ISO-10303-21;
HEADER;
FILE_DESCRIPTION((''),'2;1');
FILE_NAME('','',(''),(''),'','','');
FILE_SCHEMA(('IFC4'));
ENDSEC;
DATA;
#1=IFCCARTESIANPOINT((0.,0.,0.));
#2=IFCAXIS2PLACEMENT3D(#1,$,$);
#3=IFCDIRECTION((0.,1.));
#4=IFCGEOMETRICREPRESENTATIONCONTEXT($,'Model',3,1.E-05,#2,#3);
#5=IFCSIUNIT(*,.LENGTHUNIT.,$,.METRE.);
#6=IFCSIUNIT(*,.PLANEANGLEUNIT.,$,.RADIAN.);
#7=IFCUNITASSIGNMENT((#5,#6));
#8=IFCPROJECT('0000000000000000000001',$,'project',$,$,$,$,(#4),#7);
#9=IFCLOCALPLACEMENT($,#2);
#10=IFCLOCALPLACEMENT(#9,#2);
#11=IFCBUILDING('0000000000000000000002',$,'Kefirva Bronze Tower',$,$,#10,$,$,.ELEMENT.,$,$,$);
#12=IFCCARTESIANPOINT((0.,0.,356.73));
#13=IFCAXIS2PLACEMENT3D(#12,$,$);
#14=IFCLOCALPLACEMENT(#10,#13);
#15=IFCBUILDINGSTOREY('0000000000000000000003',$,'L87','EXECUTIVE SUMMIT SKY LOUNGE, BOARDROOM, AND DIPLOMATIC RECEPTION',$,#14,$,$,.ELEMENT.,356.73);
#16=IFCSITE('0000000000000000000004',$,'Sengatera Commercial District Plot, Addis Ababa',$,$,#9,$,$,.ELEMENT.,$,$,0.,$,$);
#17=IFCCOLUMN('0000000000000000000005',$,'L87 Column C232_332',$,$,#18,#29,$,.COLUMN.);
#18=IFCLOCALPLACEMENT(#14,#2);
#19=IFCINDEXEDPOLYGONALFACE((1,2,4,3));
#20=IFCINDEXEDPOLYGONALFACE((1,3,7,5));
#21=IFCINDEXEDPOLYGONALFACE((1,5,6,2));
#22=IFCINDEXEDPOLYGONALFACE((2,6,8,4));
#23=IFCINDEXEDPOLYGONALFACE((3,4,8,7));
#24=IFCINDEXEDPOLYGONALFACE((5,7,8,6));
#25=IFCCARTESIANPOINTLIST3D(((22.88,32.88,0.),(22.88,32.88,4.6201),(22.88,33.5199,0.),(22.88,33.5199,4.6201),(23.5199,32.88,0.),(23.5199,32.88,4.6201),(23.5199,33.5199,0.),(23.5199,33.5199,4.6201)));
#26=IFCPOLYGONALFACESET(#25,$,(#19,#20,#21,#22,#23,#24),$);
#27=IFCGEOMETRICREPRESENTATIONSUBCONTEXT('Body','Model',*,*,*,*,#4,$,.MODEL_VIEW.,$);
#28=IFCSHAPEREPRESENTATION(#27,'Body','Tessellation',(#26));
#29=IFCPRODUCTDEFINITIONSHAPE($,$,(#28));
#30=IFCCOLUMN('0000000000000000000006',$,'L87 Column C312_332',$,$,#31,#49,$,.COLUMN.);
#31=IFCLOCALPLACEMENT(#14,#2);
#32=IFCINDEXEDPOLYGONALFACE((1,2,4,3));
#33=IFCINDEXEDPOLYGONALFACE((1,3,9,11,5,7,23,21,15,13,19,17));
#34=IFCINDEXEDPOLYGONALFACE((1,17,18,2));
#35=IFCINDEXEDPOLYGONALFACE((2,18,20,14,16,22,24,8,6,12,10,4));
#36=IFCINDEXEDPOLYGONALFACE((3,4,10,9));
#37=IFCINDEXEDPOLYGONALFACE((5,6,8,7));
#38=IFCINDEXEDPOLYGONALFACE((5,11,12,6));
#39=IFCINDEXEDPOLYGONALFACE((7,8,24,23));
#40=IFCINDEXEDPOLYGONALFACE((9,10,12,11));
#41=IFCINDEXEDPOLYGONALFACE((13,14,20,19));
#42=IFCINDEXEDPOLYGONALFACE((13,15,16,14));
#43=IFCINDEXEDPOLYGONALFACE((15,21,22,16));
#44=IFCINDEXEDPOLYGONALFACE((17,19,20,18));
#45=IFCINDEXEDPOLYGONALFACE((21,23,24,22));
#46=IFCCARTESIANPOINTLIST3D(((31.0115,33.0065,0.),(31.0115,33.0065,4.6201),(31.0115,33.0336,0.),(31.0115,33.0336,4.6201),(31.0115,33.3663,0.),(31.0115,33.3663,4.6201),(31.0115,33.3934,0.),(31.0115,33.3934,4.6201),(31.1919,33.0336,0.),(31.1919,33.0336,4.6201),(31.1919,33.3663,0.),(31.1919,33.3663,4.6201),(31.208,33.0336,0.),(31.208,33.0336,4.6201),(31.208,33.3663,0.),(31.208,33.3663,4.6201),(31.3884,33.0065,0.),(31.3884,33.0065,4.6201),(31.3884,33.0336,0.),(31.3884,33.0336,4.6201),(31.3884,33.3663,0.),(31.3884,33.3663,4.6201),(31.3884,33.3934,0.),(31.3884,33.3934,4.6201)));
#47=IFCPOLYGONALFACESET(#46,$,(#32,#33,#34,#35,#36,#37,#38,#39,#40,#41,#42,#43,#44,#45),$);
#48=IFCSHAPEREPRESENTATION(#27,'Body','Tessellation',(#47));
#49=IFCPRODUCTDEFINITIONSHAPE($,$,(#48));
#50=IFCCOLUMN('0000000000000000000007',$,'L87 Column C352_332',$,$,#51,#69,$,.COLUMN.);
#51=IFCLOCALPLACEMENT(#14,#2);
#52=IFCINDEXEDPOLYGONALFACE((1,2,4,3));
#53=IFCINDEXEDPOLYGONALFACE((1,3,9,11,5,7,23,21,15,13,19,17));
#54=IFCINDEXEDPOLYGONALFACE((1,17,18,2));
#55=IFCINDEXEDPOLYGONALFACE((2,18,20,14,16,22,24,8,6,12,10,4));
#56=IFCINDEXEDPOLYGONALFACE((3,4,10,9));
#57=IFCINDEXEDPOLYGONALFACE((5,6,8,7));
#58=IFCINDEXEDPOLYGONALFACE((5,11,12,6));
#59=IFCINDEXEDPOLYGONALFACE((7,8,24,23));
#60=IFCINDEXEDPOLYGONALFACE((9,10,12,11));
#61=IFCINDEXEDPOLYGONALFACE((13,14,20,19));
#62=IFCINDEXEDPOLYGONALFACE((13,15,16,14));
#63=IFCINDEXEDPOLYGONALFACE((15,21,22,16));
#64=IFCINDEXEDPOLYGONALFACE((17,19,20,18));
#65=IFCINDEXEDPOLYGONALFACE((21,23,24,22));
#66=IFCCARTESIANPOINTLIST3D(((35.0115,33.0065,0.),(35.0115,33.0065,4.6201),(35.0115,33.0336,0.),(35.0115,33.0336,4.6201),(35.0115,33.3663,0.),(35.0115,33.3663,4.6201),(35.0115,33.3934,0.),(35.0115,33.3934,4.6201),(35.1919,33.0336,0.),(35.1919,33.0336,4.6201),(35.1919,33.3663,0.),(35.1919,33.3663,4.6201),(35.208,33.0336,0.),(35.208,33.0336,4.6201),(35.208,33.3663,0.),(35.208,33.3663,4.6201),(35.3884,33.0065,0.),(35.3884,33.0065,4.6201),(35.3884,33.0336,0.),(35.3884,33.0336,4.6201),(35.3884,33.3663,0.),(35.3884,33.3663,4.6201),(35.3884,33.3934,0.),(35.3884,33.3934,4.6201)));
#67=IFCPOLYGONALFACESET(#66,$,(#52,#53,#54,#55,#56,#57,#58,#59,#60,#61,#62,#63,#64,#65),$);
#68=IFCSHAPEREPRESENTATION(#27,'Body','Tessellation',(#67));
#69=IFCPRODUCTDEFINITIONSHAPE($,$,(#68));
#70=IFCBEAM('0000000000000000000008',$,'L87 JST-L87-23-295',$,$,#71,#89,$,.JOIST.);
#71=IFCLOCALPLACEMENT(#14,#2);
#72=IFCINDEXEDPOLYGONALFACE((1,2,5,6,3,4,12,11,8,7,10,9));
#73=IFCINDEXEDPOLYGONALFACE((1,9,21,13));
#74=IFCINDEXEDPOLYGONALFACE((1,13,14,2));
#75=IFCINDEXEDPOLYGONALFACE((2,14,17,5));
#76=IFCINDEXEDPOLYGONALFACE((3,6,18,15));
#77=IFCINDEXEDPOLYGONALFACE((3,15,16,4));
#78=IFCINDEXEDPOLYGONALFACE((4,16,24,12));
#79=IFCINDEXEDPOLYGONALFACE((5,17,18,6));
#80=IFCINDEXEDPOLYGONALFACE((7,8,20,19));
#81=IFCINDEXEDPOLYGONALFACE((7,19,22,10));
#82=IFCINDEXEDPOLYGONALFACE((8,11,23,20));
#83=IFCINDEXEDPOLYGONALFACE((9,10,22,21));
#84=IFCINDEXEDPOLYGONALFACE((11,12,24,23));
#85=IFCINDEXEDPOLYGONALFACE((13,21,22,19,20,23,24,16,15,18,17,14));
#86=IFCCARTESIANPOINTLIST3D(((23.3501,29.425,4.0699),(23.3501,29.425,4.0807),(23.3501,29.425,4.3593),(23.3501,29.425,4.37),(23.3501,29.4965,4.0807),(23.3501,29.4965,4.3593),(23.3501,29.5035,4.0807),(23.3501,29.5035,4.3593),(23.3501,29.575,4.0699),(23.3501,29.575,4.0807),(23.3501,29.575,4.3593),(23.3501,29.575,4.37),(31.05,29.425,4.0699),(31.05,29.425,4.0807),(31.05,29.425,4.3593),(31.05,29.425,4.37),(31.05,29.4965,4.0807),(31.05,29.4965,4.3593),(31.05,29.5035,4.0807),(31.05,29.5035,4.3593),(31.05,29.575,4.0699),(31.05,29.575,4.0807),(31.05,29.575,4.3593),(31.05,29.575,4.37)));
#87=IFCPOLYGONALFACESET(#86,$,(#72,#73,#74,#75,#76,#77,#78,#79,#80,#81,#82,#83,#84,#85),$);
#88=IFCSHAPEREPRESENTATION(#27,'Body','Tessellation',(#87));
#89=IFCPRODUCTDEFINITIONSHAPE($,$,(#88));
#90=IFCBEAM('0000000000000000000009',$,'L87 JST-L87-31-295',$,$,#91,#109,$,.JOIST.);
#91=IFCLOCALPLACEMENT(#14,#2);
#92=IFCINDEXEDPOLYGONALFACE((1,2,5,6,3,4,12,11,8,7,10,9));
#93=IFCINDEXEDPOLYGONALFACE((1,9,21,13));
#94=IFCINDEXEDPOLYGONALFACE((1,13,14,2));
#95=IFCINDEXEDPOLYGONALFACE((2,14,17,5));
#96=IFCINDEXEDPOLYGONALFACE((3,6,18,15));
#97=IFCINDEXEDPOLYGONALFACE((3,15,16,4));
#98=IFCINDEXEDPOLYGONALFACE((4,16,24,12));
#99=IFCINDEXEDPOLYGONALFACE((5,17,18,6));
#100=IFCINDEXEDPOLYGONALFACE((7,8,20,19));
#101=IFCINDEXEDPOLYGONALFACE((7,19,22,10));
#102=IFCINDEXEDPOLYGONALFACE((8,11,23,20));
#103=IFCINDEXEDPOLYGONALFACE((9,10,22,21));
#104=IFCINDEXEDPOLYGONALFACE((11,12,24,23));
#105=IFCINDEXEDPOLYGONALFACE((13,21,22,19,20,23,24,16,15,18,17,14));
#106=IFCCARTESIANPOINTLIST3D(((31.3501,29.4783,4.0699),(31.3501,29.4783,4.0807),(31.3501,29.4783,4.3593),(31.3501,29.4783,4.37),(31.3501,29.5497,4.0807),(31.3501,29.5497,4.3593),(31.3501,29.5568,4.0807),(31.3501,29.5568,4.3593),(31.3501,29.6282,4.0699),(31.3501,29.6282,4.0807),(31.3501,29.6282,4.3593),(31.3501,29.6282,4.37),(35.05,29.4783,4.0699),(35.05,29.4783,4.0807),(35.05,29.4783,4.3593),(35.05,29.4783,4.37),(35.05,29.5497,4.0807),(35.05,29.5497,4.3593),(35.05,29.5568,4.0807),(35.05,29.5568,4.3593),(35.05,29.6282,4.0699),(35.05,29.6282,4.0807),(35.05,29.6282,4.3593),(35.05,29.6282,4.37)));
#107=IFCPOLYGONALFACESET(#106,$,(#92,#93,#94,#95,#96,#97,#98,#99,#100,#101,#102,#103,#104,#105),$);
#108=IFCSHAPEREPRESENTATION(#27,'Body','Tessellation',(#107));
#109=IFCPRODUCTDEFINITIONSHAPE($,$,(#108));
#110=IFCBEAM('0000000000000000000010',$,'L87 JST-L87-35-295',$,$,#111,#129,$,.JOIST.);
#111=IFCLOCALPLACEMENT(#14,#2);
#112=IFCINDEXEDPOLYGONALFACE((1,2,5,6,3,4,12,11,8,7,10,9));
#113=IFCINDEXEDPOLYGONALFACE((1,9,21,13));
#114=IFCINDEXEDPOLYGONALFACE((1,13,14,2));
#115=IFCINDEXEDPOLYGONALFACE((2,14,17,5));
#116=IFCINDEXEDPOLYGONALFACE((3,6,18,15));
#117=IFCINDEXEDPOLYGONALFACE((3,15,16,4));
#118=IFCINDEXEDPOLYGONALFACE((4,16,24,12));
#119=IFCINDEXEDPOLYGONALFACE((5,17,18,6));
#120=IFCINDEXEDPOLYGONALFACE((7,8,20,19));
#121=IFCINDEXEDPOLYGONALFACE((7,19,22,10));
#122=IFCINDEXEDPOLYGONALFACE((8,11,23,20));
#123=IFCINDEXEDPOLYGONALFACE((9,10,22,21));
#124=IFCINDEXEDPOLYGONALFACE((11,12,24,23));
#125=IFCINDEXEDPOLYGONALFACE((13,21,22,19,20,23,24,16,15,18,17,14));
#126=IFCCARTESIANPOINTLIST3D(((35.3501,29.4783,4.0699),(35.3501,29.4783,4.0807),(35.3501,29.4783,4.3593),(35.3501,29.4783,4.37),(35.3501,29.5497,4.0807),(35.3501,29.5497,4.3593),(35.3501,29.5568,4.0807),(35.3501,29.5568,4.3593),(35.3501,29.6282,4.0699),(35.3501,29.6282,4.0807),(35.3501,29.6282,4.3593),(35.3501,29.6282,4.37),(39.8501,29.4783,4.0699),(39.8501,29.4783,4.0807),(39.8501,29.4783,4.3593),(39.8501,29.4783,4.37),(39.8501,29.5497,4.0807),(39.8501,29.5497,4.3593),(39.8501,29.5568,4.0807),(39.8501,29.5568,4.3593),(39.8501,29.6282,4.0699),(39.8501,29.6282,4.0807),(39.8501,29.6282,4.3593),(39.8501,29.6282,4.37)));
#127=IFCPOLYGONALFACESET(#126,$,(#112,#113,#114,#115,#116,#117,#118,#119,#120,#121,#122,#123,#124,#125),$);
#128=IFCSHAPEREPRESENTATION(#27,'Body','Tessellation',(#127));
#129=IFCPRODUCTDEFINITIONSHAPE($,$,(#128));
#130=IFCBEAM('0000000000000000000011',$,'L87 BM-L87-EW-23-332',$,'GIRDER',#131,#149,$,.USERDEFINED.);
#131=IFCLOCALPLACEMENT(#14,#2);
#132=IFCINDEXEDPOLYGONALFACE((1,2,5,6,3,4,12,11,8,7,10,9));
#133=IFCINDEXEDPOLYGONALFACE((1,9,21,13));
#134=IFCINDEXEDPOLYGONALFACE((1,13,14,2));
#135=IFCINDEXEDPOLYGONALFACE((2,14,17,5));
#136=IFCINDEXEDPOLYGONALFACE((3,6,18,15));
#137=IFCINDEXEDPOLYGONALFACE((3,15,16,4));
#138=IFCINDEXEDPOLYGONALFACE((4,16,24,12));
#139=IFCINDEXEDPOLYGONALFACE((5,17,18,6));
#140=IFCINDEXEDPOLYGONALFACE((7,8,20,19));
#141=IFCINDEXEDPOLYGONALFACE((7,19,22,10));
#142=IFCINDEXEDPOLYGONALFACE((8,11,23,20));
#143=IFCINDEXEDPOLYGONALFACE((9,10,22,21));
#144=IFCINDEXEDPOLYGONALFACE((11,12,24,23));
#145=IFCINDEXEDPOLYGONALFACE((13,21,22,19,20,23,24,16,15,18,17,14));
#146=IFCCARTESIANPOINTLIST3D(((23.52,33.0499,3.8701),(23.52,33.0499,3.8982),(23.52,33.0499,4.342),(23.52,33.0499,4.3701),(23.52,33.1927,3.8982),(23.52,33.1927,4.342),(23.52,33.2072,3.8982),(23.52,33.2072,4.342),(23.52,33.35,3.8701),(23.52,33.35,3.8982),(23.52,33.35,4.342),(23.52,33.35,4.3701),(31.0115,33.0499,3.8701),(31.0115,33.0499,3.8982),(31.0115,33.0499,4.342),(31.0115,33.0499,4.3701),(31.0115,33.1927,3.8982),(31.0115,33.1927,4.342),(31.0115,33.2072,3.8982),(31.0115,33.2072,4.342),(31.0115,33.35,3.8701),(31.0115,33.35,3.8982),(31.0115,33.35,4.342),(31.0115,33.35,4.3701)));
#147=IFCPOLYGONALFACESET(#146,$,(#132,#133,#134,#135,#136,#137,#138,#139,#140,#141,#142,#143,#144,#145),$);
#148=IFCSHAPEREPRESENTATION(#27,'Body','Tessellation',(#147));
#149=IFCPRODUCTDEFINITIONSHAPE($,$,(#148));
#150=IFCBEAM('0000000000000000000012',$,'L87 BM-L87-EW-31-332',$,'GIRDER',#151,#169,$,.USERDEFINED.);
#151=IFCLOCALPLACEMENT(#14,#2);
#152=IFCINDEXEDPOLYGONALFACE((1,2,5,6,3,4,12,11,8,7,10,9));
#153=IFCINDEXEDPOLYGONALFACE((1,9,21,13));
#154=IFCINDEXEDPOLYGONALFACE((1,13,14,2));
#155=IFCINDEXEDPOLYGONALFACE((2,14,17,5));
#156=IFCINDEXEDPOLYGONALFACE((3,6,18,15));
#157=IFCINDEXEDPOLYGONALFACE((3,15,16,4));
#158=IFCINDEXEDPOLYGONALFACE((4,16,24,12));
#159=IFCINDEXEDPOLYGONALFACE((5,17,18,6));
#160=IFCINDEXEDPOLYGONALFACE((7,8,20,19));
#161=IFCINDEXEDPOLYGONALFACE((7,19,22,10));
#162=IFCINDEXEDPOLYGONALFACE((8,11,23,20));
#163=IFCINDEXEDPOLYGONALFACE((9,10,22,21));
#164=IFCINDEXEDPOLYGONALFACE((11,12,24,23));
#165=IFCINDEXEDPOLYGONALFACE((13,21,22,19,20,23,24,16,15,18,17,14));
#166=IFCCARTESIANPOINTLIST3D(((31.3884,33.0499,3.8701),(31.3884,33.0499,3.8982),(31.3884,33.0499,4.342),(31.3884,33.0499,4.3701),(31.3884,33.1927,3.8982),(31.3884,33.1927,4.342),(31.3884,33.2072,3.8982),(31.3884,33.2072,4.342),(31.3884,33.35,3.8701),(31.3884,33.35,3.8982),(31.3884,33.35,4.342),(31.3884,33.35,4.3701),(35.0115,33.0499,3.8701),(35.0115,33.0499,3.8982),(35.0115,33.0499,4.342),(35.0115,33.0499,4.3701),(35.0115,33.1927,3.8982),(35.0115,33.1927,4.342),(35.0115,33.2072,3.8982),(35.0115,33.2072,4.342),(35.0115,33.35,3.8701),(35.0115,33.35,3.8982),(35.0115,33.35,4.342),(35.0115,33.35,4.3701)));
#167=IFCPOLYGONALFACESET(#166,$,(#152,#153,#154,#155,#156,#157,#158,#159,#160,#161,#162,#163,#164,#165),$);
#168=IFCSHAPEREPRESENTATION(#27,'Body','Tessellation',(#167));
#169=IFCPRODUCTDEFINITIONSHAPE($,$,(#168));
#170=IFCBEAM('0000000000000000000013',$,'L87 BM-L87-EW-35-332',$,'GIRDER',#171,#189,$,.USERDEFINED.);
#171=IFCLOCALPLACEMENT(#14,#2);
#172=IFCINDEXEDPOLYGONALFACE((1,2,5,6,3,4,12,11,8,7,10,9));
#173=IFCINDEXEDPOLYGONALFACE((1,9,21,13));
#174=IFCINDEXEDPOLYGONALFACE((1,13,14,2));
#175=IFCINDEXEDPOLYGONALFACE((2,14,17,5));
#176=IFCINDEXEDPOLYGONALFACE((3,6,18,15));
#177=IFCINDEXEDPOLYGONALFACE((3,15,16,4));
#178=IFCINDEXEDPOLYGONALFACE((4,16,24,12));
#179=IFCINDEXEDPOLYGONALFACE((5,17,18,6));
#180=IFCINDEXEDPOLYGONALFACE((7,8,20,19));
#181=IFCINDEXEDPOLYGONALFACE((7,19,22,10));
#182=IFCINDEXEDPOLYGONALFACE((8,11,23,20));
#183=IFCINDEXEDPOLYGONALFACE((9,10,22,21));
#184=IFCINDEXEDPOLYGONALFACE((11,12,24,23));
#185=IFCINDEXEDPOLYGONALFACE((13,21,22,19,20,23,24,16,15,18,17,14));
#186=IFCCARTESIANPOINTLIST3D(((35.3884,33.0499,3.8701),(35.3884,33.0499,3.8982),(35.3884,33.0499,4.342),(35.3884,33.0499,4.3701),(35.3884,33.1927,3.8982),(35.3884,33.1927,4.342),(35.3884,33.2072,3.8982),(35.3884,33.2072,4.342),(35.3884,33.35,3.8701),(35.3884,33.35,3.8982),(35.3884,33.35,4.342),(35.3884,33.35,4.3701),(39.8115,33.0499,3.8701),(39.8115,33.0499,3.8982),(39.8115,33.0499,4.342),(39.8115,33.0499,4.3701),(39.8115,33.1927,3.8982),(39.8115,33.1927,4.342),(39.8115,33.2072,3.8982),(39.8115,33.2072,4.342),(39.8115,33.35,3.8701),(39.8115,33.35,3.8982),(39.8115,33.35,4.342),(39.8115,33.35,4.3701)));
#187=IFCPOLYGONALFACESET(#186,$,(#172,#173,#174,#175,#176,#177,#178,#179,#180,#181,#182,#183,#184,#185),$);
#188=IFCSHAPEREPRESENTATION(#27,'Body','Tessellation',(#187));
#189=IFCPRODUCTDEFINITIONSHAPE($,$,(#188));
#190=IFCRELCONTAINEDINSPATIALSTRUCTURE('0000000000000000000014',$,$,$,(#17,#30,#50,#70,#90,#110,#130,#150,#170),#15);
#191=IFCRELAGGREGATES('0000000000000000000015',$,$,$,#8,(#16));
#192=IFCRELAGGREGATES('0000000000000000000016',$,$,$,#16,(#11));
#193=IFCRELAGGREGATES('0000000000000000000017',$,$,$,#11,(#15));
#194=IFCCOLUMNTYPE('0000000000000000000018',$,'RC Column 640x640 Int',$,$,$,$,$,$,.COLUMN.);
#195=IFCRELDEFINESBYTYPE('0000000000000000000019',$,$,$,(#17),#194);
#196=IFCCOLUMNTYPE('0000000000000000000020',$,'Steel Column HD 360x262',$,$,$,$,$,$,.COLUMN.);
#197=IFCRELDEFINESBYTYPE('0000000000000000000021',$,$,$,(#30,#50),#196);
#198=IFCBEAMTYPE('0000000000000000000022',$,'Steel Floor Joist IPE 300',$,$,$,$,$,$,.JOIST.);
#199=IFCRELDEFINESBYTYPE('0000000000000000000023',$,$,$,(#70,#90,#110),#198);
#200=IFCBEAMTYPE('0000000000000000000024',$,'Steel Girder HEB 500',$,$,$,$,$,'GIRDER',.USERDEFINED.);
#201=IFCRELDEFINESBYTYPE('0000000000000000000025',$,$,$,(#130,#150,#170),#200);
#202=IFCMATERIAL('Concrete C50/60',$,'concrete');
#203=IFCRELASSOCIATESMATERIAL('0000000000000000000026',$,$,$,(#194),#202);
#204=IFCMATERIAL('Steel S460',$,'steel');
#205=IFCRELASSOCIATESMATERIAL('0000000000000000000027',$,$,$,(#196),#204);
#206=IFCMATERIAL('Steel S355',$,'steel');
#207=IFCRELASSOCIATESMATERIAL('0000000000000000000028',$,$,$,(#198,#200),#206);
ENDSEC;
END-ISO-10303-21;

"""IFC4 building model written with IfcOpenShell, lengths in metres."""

from ifc_helpers import new_model, si_unit, direction, frame, origin, origin_2d, place, context, subcontext, project, spatial, rectangle, i_section, extrude, material, material_profile, profile_set, type_object, element, save


model = new_model("IFC4")

# Units and contexts
model_context = context("Model", 3, precision=1e-05, world=origin(), true_north=direction((0.0, 1.0)))
body_context = subcontext(model_context, "Body", "Model", "MODEL_VIEW")
ifc_project = project(units=[si_unit("LENGTHUNIT", "METRE"), si_unit("PLANEANGLEUNIT", "RADIAN")], contexts=[model_context])

# Site, building, storey
site_placement = place(None, origin())
site = spatial("IfcSite", under=ifc_project, at=site_placement, Name="Sengatera Commercial District Plot, Addis Ababa", CompositionType="ELEMENT", RefElevation=0.0)
building_placement = place(site_placement, origin())
building = spatial("IfcBuilding", under=site, at=building_placement, Name="Kefirva Bronze Tower", CompositionType="ELEMENT")
storey_placement = place(building_placement, frame((0.0, 0.0, 356.73)))
storey = spatial("IfcBuildingStorey", under=building, at=storey_placement, Name="L87", Description="EXECUTIVE SUMMIT SKY LOUNGE, BOARDROOM, AND DIPLOMATIC RECEPTION", CompositionType="ELEMENT", Elevation=356.73)

# Columns
ifc_material_1 = material(Name="Concrete C50/60", Category="concrete")
ifc_material_profile_1 = material_profile(ifc_material_1, rectangle(XDim=0.6399, YDim=0.6399, at=origin_2d()), Name="RC 640x640")
ifc_profile_set_1 = profile_set([ifc_material_profile_1], Name="Concrete C50/60")
column_type_1 = type_object("IfcColumnType", Name="RC Column 640x640 Int", PredefinedType="COLUMN", material=ifc_profile_set_1)
column_placement = place(storey_placement, frame((23.2, 33.2, 0.0), z_axis=(0.0, 0.0, 1.0), x_axis=(1.0, 0.0, 0.0)))
element("IfcColumn", 1, at=column_placement, inside=storey, type_object=column_type_1, Name="L87 Column C232_332", PredefinedType="COLUMN", context=body_context, shape_type="SweptSolid", body=[
    extrude(rectangle(XDim=0.6399, YDim=0.6399, at=origin_2d()), origin(), (0.0, 0.0, 1.0), 4.6201),
])
ifc_material_2 = material(Name="Steel S460", Category="steel")
ifc_material_profile_2 = material_profile(ifc_material_2, i_section(OverallWidth=0.377, OverallDepth=0.387, WebThickness=0.0161, FlangeThickness=0.0271, at=origin_2d()), Name="HD 360x262")
ifc_profile_set_2 = profile_set([ifc_material_profile_2], Name="Steel S460")
column_type_2 = type_object("IfcColumnType", Name="Steel Column HD 360x262", PredefinedType="COLUMN", material=ifc_profile_set_2)
for number, where, z_axis, x_axis, name in (
    (2, (31.2, 33.2, 0.0), (0.0, 0.0, 1.0), (1.0, 0.0, 0.0), "L87 Column C312_332"),
    (3, (35.2, 33.2, 0.0), (0.0, 0.0, 1.0), (1.0, 0.0, 0.0), "L87 Column C352_332"),
):
    element("IfcColumn", number, at=place(storey_placement, frame(where, z_axis=z_axis, x_axis=x_axis)), inside=storey, type_object=column_type_2, Name=name, PredefinedType="COLUMN", context=body_context, shape_type="SweptSolid", body=[
        extrude(i_section(OverallWidth=0.377, OverallDepth=0.387, WebThickness=0.0161, FlangeThickness=0.0271, at=origin_2d()), origin(), (0.0, 0.0, 1.0), 4.6201),
    ])

# Beams
ifc_material_3 = material(Name="Steel S355", Category="steel")
ifc_material_profile_3 = material_profile(ifc_material_3, i_section(OverallWidth=0.1499, OverallDepth=0.3, WebThickness=0.0071, FlangeThickness=0.0107, at=origin_2d()), Name="IPE 300")
ifc_profile_set_3 = profile_set([ifc_material_profile_3], Name="Steel S355")
beam_type_1 = type_object("IfcBeamType", Name="Steel Floor Joist IPE 300", PredefinedType="JOIST", material=ifc_profile_set_3)
beam_1_placement = place(storey_placement, frame((23.3501, 29.5, 4.22), z_axis=(1.0, 0.0, 0.0), x_axis=(0.0, 1.0, 0.0)))
element("IfcBeam", 4, at=beam_1_placement, inside=storey, type_object=beam_type_1, Name="L87 JST-L87-23-295", PredefinedType="JOIST", context=body_context, shape_type="SweptSolid", body=[
    extrude(i_section(OverallWidth=0.1499, OverallDepth=0.3, WebThickness=0.0071, FlangeThickness=0.0107, at=origin_2d()), origin(), (0.0, 0.0, 1.0), 7.7),
])
beam_2_placement = place(storey_placement, frame((31.3501, 29.5532, 4.22), z_axis=(1.0, 0.0, 0.0), x_axis=(0.0, 1.0, 0.0)))
element("IfcBeam", 5, at=beam_2_placement, inside=storey, type_object=beam_type_1, Name="L87 JST-L87-31-295", PredefinedType="JOIST", context=body_context, shape_type="SweptSolid", body=[
    extrude(i_section(OverallWidth=0.1499, OverallDepth=0.3, WebThickness=0.0071, FlangeThickness=0.0107, at=origin_2d()), origin(), (0.0, 0.0, 1.0), 3.7),
])
beam_3_placement = place(storey_placement, frame((35.3501, 29.5532, 4.22), z_axis=(1.0, 0.0, 0.0), x_axis=(0.0, 1.0, 0.0)))
element("IfcBeam", 6, at=beam_3_placement, inside=storey, type_object=beam_type_1, Name="L87 JST-L87-35-295", PredefinedType="JOIST", context=body_context, shape_type="SweptSolid", body=[
    extrude(i_section(OverallWidth=0.1499, OverallDepth=0.3, WebThickness=0.0071, FlangeThickness=0.0107, at=origin_2d()), origin(), (0.0, 0.0, 1.0), 4.5),
])
ifc_material_profile_4 = material_profile(ifc_material_3, i_section(OverallWidth=0.3, OverallDepth=0.5, WebThickness=0.0144, FlangeThickness=0.0281, at=origin_2d()), Name="HEB 500")
ifc_profile_set_4 = profile_set([ifc_material_profile_4], Name="Steel S355")
beam_type_2 = type_object("IfcBeamType", Name="Steel Girder HEB 500", ElementType="GIRDER", PredefinedType="USERDEFINED", material=ifc_profile_set_4)
beam_4_placement = place(storey_placement, frame((23.52, 33.2, 4.1201), z_axis=(1.0, 0.0, 0.0), x_axis=(0.0, 1.0, 0.0)))
element("IfcBeam", 7, at=beam_4_placement, inside=storey, type_object=beam_type_2, Name="L87 BM-L87-EW-23-332", ObjectType="GIRDER", PredefinedType="USERDEFINED", context=body_context, shape_type="SweptSolid", body=[
    extrude(i_section(OverallWidth=0.3, OverallDepth=0.5, WebThickness=0.0144, FlangeThickness=0.0281, at=origin_2d()), origin(), (0.0, 0.0, 1.0), 7.4915),
])
beam_5_placement = place(storey_placement, frame((31.3884, 33.2, 4.1201), z_axis=(1.0, 0.0, 0.0), x_axis=(0.0, 1.0, 0.0)))
element("IfcBeam", 8, at=beam_5_placement, inside=storey, type_object=beam_type_2, Name="L87 BM-L87-EW-31-332", ObjectType="GIRDER", PredefinedType="USERDEFINED", context=body_context, shape_type="SweptSolid", body=[
    extrude(i_section(OverallWidth=0.3, OverallDepth=0.5, WebThickness=0.0144, FlangeThickness=0.0281, at=origin_2d()), origin(), (0.0, 0.0, 1.0), 3.623),
])
beam_6_placement = place(storey_placement, frame((35.3884, 33.2, 4.1201), z_axis=(1.0, 0.0, 0.0), x_axis=(0.0, 1.0, 0.0)))
element("IfcBeam", 9, at=beam_6_placement, inside=storey, type_object=beam_type_2, Name="L87 BM-L87-EW-35-332", ObjectType="GIRDER", PredefinedType="USERDEFINED", context=body_context, shape_type="SweptSolid", body=[
    extrude(i_section(OverallWidth=0.3, OverallDepth=0.5, WebThickness=0.0144, FlangeThickness=0.0281, at=origin_2d()), origin(), (0.0, 0.0, 1.0), 4.4231),
])

save(model, "model.ifc")
